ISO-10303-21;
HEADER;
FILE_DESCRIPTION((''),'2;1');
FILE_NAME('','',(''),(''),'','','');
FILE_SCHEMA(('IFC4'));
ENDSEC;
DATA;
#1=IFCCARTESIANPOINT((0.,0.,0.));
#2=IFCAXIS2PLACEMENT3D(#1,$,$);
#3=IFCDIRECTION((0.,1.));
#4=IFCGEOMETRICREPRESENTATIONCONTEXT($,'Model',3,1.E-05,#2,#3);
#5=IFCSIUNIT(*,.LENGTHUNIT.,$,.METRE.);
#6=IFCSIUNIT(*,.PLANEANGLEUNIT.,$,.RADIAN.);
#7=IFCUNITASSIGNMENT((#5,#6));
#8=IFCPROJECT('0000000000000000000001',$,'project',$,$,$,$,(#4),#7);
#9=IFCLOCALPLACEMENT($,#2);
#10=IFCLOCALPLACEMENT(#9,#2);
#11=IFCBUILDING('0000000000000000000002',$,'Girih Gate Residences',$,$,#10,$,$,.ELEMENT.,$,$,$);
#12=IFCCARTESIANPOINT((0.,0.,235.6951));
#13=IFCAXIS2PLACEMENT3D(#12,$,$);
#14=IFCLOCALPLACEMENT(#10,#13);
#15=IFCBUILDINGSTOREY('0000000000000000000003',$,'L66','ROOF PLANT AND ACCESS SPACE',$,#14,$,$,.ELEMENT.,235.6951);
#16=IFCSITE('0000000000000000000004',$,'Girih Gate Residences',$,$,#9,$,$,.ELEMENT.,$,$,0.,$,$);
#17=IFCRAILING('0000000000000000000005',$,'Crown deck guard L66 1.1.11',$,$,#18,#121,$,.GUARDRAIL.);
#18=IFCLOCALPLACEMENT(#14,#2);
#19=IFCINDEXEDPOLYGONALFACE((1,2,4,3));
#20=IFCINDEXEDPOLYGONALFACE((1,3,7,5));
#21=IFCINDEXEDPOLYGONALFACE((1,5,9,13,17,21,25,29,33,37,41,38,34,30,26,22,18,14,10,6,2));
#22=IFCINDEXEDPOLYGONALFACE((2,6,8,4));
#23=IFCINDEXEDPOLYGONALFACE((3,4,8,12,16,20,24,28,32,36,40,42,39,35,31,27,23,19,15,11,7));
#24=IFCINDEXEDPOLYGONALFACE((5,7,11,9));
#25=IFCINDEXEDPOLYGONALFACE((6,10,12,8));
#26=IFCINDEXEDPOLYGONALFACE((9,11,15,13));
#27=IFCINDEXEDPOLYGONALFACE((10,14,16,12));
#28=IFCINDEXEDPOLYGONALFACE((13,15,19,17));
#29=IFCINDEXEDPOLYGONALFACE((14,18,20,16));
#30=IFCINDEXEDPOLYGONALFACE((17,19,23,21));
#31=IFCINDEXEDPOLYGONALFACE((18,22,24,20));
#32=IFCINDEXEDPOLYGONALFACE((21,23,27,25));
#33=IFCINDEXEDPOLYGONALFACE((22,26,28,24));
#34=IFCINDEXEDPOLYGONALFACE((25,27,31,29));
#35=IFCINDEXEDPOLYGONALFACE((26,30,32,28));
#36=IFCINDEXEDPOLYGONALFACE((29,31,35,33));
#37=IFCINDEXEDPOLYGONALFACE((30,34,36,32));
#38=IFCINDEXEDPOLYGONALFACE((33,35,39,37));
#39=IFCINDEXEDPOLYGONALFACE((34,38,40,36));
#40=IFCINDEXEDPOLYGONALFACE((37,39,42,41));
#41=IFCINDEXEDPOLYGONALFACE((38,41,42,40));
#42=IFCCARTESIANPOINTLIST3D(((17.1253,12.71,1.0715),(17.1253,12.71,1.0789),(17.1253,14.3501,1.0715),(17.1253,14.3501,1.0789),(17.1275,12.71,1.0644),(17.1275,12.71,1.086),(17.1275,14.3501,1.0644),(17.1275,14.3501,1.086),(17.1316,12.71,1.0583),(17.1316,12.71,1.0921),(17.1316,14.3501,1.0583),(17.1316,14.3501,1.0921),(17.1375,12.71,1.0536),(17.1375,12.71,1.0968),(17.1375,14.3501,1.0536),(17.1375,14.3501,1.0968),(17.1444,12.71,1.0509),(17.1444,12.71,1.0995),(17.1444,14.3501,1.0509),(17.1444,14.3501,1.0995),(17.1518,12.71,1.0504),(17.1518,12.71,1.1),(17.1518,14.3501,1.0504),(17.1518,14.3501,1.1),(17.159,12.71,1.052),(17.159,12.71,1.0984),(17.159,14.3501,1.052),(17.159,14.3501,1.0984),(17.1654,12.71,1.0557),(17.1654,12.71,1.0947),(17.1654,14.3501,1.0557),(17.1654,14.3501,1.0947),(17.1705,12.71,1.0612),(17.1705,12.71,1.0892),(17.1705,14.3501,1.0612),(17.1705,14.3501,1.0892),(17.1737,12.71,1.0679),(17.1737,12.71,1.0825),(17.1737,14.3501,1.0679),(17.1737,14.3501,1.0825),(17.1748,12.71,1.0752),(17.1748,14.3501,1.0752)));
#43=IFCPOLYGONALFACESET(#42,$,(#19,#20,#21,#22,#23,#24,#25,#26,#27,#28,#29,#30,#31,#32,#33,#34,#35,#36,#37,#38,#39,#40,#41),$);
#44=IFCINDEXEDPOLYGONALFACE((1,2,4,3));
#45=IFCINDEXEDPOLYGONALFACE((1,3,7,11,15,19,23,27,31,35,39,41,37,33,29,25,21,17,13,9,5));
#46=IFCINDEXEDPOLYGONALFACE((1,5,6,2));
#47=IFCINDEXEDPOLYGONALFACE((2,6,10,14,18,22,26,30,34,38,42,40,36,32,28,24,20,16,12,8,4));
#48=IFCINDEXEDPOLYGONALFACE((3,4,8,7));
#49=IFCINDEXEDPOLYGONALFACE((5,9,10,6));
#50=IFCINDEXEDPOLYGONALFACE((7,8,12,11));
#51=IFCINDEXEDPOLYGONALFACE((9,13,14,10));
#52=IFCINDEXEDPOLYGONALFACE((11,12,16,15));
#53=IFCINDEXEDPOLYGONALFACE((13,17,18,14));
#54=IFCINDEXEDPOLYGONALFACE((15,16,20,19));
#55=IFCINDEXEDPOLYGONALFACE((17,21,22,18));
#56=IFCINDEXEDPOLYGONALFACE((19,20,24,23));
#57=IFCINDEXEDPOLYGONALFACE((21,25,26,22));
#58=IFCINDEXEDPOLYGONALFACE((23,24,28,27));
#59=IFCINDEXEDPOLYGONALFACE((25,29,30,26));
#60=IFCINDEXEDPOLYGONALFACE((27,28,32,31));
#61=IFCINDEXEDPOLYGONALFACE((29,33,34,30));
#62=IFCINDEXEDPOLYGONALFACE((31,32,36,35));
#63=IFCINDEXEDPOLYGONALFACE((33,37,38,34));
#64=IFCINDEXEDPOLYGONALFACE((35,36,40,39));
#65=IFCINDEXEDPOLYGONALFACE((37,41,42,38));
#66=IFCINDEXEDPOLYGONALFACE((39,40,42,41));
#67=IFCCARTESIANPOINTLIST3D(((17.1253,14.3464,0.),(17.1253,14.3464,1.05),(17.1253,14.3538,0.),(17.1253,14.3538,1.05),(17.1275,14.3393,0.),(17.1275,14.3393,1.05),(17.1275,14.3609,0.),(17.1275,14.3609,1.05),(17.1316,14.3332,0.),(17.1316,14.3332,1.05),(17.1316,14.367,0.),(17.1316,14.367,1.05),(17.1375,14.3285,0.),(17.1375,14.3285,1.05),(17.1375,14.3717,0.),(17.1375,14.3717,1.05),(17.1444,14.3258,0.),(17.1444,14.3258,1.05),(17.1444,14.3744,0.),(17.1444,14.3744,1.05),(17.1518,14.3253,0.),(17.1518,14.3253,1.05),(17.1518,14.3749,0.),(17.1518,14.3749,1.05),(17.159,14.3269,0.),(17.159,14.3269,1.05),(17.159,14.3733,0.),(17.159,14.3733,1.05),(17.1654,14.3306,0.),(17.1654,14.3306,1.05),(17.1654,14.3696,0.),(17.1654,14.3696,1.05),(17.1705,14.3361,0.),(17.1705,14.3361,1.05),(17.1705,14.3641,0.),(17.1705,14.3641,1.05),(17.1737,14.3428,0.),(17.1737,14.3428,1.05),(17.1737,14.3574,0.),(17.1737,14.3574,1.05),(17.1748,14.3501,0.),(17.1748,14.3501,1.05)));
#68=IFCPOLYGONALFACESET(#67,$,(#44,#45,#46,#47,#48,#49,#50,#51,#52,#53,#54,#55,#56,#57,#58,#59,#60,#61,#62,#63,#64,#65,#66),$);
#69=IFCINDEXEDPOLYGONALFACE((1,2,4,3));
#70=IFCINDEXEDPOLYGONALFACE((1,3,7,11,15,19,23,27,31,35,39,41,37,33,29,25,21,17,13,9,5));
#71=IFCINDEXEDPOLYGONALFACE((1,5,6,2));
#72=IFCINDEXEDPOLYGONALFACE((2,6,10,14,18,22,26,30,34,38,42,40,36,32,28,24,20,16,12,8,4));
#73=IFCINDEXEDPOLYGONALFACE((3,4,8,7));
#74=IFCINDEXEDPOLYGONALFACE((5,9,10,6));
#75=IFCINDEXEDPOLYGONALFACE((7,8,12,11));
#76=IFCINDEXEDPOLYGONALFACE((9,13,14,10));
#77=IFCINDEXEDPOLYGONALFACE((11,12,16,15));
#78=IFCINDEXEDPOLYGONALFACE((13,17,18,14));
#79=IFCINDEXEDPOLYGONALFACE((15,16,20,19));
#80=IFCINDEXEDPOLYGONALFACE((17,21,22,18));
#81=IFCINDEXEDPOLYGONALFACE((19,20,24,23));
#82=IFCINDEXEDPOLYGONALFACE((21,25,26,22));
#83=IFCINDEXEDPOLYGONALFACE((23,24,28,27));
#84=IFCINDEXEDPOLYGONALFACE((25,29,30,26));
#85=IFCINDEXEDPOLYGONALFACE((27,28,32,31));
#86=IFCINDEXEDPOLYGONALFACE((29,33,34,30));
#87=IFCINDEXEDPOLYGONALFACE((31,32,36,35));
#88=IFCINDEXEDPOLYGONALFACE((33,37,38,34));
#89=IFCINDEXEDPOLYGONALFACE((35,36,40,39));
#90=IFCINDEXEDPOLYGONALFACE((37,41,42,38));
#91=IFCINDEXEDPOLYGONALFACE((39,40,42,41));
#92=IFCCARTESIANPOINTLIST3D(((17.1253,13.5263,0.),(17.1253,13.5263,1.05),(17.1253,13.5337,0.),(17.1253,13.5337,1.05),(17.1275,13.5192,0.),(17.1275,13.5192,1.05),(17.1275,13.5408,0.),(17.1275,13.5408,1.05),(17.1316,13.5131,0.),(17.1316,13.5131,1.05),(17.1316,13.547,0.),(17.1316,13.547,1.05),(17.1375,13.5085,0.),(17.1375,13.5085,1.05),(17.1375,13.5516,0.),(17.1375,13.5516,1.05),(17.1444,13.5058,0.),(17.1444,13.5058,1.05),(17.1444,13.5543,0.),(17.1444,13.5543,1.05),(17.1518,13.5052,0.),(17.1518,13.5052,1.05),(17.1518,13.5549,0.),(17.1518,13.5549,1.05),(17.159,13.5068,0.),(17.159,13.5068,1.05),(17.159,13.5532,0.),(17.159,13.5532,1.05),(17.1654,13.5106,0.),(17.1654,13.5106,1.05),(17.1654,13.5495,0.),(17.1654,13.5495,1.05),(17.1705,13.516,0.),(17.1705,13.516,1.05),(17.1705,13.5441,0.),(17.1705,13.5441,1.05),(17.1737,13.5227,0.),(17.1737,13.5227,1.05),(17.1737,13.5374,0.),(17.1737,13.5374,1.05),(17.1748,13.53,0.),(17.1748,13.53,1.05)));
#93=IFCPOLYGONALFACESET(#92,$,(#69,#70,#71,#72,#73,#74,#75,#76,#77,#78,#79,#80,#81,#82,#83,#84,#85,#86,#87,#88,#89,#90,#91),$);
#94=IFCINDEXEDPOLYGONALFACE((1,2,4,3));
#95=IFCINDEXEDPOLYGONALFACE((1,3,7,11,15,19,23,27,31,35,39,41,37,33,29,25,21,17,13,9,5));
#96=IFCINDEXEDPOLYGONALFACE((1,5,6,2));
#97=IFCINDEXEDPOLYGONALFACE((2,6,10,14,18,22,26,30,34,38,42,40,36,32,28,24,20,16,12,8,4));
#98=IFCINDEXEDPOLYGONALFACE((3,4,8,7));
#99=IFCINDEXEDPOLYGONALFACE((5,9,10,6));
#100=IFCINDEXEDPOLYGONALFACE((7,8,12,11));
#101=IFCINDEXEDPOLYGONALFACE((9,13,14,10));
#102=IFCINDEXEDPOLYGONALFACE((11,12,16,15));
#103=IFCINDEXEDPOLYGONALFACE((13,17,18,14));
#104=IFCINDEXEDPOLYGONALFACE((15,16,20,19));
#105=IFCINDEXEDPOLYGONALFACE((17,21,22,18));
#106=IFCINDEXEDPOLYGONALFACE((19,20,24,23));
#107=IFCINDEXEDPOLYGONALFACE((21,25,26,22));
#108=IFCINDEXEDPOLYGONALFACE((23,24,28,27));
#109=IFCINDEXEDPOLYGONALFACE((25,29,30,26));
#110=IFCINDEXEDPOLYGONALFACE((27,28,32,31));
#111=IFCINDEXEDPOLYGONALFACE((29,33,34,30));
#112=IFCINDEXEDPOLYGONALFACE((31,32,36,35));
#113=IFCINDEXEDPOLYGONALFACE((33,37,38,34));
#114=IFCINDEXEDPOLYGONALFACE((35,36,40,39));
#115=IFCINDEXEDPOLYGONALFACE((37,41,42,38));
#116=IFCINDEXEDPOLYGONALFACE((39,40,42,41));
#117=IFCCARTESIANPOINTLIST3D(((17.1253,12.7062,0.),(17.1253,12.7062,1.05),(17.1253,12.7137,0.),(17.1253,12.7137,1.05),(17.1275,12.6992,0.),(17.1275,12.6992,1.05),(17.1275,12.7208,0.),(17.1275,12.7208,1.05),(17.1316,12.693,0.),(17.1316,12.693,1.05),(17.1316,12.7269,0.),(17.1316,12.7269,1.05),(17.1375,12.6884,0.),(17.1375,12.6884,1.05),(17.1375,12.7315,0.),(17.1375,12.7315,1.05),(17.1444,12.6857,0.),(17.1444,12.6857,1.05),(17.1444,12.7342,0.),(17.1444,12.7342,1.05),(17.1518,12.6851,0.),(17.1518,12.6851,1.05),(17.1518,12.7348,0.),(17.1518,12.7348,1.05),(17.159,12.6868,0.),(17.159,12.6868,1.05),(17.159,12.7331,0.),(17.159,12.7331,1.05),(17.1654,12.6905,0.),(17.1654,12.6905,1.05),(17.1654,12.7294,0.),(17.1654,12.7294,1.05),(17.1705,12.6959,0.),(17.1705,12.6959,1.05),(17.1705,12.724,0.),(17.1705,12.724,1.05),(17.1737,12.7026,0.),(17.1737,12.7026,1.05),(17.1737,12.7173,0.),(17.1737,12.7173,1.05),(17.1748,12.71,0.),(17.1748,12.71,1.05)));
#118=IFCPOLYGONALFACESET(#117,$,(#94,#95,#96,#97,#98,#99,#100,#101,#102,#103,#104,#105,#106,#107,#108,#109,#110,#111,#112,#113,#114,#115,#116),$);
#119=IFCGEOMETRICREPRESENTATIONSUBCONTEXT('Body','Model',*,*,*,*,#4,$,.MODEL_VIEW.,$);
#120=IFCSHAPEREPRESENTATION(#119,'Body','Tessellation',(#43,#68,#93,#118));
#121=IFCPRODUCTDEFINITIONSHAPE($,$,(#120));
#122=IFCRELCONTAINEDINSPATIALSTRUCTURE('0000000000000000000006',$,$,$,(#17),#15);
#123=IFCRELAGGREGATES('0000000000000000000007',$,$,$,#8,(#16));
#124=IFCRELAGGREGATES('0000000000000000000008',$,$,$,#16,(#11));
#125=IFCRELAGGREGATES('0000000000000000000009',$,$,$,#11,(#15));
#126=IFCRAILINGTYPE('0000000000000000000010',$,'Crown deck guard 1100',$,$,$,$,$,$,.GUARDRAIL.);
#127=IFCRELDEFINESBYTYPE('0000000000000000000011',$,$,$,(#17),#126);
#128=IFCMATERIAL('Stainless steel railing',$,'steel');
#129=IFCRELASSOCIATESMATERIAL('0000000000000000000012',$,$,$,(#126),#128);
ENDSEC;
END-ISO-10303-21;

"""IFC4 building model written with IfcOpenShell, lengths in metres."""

from ifc_helpers import new_model, si_unit, direction, frame, origin, origin_2d, place, context, subcontext, project, spatial, circle, extrude, material, type_object, element, save


model = new_model("IFC4")

# Units and contexts
model_context = context("Model", 3, precision=1e-05, world=origin(), true_north=direction((0.0, 1.0)))
body_context = subcontext(model_context, "Body", "Model", "MODEL_VIEW")
ifc_project = project(units=[si_unit("LENGTHUNIT", "METRE"), si_unit("PLANEANGLEUNIT", "RADIAN")], contexts=[model_context])

# Site, building, storey
site_placement = place(None, origin())
site = spatial("IfcSite", under=ifc_project, at=site_placement, Name="Girih Gate Residences", CompositionType="ELEMENT", RefElevation=0.0)
building_placement = place(site_placement, origin())
building = spatial("IfcBuilding", under=site, at=building_placement, Name="Girih Gate Residences", CompositionType="ELEMENT")
storey_placement = place(building_placement, frame((0.0, 0.0, 235.6951)))
storey = spatial("IfcBuildingStorey", under=building, at=storey_placement, Name="L66", Description="ROOF PLANT AND ACCESS SPACE", CompositionType="ELEMENT", Elevation=235.6951)

# Railing
ifc_material_1 = material(Name="Stainless steel railing", Category="steel")
railing_type = type_object("IfcRailingType", Name="Crown deck guard 1100", PredefinedType="GUARDRAIL", material=ifc_material_1)
railing_1_placement = place(storey_placement, frame((17.1499, 14.3501, 0.0)))
element("IfcRailing", 1, at=railing_1_placement, inside=storey, type_object=railing_type, Name="Crown deck guard L66 1.1.11", PredefinedType="GUARDRAIL", context=body_context, shape_type="SweptSolid", body=[
    extrude(circle(Radius=0.0249, at=origin_2d()), frame((0.0, 0.0, 1.0752), z_axis=(0.0, -1.0, 0.0), x_axis=(1.0, 0.0, 0.0)), (0.0, 0.0, 1.0), 1.6401),
    extrude(circle(Radius=0.0249, at=origin_2d()), origin(), (0.0, 0.0, 1.0), 1.05),
    extrude(circle(Radius=0.0249, at=origin_2d()), frame((0.0, -0.8201, 0.0)), (0.0, 0.0, 1.0), 1.05),
    extrude(circle(Radius=0.0249, at=origin_2d()), frame((0.0, -1.6401, 0.0)), (0.0, 0.0, 1.0), 1.05),
])

save(model, "model.ifc")
